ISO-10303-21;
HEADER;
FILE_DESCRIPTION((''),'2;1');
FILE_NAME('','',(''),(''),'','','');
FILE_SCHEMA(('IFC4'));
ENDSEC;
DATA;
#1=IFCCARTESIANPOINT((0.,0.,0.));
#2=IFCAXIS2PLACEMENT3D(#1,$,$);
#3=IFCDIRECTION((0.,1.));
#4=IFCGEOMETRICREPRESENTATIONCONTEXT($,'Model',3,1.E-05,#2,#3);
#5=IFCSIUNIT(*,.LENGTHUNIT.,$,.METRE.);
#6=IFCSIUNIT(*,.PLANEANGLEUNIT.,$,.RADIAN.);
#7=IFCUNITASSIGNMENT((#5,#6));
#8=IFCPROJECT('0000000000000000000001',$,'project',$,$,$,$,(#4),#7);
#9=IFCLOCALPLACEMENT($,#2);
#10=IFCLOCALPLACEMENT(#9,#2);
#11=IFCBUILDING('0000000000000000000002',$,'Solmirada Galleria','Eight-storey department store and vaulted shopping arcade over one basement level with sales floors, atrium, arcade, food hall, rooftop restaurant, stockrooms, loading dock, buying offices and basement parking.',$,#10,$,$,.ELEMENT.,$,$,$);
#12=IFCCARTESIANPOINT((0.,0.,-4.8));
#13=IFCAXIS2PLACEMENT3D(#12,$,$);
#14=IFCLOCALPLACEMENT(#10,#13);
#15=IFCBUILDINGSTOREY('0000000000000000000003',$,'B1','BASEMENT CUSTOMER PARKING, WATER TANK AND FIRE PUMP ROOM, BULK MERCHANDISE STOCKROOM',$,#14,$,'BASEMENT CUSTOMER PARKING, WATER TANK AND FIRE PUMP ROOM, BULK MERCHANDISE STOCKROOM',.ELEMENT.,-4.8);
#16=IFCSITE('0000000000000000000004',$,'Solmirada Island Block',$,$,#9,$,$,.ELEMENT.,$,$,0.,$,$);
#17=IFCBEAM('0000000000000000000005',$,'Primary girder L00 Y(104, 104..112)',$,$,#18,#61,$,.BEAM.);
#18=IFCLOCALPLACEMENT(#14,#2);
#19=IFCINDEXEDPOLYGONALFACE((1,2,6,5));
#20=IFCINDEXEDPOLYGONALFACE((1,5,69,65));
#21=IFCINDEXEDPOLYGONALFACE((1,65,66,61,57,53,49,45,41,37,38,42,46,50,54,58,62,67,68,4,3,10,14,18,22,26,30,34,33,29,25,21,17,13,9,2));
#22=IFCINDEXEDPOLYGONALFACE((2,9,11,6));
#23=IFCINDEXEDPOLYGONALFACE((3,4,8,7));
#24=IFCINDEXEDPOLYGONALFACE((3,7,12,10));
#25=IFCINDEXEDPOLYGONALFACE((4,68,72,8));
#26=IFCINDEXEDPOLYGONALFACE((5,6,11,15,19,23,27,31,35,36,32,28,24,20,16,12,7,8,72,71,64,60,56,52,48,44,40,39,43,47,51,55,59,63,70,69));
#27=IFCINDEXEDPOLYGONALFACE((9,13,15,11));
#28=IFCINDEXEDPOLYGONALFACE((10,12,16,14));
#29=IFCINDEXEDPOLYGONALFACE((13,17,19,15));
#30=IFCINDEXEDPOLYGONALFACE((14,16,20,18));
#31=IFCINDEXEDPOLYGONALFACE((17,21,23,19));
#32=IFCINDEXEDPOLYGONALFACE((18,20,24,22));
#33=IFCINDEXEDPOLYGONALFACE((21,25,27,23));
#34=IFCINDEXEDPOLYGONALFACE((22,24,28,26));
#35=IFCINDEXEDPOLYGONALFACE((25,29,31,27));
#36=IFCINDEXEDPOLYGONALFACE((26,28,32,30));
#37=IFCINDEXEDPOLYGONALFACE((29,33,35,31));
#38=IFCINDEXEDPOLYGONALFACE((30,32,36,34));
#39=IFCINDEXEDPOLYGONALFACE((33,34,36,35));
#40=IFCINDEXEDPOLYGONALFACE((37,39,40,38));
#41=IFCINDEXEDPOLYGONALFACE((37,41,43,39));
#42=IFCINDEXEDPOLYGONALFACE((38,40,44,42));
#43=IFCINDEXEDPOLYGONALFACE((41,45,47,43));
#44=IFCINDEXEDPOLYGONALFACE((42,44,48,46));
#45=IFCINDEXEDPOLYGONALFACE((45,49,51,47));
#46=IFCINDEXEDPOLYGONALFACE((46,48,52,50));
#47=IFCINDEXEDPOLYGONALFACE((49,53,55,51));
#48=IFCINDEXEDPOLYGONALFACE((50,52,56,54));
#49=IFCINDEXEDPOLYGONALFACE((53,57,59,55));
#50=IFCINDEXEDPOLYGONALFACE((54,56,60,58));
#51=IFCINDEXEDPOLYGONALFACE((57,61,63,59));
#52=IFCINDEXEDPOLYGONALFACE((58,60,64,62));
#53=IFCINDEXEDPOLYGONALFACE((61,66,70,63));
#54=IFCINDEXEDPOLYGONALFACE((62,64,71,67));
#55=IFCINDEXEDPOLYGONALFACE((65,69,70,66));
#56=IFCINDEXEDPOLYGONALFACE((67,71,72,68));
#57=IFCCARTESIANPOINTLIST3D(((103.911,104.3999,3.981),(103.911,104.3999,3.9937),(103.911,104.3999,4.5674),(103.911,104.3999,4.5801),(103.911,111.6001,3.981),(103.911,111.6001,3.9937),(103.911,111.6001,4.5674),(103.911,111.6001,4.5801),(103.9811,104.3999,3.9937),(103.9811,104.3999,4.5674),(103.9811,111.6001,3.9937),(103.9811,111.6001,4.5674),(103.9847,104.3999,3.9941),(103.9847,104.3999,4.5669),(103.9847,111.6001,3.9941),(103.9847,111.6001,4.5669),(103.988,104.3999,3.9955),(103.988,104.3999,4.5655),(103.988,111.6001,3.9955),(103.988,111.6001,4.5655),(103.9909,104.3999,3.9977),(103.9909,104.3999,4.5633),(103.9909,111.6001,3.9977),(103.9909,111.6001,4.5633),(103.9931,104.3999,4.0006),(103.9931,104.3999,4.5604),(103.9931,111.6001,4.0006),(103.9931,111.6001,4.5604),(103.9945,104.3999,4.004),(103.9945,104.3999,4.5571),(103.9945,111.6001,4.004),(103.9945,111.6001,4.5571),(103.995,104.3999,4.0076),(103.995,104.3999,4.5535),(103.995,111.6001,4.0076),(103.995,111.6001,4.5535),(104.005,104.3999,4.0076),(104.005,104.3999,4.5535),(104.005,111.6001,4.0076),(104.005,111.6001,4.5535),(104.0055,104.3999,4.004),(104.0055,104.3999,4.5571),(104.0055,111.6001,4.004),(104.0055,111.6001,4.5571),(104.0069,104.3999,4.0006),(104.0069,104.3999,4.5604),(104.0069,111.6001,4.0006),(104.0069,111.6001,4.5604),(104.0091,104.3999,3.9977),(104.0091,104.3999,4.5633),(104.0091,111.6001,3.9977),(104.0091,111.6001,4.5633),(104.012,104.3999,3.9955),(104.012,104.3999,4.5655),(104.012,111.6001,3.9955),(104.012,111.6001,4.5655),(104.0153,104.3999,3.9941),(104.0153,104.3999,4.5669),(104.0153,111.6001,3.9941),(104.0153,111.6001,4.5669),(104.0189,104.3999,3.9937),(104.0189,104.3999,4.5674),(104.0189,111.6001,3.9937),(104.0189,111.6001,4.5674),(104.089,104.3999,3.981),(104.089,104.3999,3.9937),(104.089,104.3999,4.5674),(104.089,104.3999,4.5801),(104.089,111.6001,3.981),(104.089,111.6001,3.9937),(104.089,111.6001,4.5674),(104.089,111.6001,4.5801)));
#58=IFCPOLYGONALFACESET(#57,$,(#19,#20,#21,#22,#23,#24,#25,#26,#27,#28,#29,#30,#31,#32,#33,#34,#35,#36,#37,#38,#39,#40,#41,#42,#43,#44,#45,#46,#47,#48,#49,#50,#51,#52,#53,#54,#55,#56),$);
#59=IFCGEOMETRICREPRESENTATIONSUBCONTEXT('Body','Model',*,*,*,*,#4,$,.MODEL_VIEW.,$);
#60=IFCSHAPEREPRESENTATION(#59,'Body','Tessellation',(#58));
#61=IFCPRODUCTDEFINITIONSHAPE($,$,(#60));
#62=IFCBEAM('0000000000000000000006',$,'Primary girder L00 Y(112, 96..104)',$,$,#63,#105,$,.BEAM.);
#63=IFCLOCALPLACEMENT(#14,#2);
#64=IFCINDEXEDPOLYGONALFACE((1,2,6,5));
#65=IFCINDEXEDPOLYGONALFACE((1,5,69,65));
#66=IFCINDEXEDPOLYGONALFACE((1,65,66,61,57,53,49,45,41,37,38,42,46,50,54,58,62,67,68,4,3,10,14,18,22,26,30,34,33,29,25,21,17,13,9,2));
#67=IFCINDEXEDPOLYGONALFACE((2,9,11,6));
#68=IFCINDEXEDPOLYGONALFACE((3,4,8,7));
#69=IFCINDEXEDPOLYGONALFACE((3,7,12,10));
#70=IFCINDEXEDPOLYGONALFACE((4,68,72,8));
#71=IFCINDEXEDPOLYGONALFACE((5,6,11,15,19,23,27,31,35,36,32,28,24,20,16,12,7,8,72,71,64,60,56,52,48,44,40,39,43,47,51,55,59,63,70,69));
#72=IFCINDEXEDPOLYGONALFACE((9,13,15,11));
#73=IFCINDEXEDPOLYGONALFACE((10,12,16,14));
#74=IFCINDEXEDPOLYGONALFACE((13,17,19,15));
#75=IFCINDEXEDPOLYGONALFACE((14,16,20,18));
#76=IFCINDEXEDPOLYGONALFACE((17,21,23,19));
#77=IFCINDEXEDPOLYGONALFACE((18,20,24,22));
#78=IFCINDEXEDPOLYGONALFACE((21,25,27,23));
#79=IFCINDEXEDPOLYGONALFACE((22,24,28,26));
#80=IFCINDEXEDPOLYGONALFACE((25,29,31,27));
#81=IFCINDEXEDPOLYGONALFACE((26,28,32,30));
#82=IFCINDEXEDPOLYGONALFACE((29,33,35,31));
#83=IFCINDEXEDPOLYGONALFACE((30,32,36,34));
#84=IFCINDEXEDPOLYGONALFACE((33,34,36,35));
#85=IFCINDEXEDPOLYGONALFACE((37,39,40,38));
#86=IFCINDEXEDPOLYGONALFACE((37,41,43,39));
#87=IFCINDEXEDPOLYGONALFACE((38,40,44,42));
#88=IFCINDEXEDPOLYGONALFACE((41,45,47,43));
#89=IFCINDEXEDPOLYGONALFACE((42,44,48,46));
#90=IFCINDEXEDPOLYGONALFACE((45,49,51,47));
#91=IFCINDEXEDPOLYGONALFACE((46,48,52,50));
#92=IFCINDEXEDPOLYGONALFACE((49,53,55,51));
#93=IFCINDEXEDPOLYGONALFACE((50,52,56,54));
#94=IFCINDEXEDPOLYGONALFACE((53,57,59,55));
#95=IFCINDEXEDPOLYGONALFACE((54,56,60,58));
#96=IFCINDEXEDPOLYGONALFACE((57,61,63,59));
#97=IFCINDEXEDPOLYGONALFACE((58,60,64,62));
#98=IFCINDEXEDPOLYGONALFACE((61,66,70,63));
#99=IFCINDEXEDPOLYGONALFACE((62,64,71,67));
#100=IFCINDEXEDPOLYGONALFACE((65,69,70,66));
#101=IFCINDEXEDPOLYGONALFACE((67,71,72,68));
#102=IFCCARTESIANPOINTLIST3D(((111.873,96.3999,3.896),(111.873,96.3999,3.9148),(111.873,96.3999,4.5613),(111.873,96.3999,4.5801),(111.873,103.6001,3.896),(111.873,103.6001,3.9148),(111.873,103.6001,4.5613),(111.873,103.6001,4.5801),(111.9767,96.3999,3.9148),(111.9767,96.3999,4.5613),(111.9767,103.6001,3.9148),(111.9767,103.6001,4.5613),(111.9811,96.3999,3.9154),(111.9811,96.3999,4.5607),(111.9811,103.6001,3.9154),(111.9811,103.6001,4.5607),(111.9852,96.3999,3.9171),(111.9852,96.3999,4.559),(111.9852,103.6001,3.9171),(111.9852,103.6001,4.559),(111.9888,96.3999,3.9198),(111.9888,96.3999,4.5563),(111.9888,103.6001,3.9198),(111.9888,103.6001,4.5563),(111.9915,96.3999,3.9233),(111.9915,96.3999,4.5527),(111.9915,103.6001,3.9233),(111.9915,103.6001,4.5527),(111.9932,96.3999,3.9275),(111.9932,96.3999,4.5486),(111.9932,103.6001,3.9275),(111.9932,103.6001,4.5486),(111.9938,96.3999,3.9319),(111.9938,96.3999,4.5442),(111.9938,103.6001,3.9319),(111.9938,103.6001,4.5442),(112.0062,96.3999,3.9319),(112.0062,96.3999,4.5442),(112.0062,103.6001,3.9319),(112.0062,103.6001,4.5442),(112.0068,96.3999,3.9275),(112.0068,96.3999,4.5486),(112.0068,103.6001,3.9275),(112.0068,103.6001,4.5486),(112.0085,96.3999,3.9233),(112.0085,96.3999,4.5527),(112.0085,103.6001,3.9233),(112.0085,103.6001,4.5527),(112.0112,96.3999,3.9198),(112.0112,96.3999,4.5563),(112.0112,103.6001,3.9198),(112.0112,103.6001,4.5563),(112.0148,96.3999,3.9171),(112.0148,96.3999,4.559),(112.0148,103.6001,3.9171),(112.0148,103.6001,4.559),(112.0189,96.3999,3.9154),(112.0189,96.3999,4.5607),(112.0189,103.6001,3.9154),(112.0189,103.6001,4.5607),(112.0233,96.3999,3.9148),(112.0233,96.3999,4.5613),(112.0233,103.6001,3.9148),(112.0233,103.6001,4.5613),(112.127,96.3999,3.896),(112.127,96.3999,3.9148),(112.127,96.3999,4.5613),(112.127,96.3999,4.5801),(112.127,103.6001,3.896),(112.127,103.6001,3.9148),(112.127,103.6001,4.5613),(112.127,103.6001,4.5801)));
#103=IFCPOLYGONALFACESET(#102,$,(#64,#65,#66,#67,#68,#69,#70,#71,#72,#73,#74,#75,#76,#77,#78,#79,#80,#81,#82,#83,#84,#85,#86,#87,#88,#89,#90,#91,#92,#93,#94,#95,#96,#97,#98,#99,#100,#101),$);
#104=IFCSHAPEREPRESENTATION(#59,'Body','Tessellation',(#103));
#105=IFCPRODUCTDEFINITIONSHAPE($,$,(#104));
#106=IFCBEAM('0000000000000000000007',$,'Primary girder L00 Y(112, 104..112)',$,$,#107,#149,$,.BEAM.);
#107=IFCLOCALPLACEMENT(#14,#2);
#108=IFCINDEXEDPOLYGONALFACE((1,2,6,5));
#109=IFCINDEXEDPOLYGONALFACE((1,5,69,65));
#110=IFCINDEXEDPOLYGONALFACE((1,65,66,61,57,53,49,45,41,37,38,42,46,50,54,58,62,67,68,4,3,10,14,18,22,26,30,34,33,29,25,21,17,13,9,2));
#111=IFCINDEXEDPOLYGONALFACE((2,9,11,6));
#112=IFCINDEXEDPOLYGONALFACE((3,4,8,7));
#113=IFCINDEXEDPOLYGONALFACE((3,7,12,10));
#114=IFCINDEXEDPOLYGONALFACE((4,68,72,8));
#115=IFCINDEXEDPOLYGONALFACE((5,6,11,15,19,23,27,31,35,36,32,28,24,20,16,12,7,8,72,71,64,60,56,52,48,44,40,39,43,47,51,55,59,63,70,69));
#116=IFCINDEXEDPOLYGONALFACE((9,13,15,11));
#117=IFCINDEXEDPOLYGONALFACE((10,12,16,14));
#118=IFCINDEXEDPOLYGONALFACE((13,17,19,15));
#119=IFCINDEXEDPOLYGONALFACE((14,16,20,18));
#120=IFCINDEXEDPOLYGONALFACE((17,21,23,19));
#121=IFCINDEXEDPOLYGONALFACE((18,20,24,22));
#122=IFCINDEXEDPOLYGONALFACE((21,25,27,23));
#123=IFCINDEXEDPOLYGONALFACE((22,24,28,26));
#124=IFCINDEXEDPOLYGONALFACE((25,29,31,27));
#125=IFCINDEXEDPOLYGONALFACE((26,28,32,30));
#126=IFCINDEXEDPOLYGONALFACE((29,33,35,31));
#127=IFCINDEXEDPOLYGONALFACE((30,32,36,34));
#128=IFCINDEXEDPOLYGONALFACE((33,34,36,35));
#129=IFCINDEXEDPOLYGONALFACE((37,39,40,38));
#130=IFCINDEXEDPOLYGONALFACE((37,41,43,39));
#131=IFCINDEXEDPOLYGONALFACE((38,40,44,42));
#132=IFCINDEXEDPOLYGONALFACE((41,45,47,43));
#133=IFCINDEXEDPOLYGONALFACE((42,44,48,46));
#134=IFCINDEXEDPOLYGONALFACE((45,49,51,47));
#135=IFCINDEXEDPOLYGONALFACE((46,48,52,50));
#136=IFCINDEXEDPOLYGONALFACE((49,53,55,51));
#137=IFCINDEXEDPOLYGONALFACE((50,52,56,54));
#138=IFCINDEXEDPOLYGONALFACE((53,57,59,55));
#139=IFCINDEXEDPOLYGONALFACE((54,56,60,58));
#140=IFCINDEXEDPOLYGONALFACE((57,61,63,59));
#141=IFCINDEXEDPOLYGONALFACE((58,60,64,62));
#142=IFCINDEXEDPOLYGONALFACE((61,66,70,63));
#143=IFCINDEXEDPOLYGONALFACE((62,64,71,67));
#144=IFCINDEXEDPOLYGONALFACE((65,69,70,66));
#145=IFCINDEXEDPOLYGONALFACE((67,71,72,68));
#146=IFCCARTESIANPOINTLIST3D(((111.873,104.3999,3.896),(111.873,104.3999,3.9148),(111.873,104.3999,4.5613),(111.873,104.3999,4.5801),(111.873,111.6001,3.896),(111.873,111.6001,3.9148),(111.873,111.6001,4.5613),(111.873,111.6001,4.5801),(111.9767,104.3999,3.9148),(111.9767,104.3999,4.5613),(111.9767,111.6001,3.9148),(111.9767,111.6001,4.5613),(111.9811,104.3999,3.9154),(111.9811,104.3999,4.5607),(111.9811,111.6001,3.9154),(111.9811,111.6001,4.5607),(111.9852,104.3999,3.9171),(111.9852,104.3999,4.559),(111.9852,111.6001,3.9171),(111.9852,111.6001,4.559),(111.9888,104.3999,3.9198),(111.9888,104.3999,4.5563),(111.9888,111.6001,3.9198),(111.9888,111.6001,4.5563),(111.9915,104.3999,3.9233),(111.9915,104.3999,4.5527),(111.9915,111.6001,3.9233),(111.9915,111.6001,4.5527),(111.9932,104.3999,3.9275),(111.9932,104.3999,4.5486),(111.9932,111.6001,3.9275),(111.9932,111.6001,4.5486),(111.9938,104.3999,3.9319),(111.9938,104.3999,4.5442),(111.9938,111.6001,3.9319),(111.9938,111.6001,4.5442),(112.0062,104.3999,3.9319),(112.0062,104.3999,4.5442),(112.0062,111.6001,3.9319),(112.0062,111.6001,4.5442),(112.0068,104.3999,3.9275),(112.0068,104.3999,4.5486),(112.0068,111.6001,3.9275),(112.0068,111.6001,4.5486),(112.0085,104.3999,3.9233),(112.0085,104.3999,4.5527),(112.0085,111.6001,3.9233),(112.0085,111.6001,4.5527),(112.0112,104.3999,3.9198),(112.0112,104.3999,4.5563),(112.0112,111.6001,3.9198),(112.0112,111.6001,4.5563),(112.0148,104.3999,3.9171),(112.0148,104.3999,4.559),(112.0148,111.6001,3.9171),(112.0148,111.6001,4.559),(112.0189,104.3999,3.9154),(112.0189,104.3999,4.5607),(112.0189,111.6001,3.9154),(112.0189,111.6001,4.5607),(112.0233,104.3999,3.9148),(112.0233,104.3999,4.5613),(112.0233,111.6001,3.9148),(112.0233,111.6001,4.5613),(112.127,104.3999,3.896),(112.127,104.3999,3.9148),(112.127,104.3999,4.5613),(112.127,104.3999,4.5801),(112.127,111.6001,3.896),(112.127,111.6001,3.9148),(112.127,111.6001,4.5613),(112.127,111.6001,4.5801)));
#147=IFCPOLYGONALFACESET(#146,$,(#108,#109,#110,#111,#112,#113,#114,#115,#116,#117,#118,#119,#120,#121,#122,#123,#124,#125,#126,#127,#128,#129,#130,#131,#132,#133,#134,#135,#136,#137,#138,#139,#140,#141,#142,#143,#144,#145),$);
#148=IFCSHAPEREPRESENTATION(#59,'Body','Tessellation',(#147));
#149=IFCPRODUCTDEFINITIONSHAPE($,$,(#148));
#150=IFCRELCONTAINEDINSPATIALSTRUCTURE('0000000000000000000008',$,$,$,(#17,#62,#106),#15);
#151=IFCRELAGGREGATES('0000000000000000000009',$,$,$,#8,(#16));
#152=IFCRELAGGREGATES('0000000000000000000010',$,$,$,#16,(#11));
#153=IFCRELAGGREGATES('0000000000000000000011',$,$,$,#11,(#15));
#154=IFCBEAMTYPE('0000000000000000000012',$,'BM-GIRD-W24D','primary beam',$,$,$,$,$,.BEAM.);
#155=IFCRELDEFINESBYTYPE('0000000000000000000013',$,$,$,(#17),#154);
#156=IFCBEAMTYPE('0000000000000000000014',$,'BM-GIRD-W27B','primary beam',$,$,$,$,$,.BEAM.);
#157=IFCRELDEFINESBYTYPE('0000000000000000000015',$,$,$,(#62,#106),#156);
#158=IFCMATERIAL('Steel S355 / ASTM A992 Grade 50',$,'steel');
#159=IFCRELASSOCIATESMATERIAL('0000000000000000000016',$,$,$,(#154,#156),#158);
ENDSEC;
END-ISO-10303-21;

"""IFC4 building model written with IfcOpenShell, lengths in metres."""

from ifc_helpers import new_model, si_unit, direction, frame, origin, origin_2d, place, context, subcontext, project, spatial, i_section, extrude, material, material_profile, profile_set, type_object, element, save


model = new_model("IFC4")

# Units and contexts
model_context = context("Model", 3, precision=1e-05, world=origin(), true_north=direction((0.0, 1.0)))
body_context = subcontext(model_context, "Body", "Model", "MODEL_VIEW")
ifc_project = project(units=[si_unit("LENGTHUNIT", "METRE"), si_unit("PLANEANGLEUNIT", "RADIAN")], contexts=[model_context])

# Site, building, storey
site_placement = place(None, origin())
site = spatial("IfcSite", under=ifc_project, at=site_placement, Name="Solmirada Island Block", CompositionType="ELEMENT", RefElevation=0.0)
building_placement = place(site_placement, origin())
building = spatial("IfcBuilding", under=site, at=building_placement, Name="Solmirada Galleria", Description="Eight-storey department store and vaulted shopping arcade over one basement level with sales floors, atrium, arcade, food hall, rooftop restaurant, stockrooms, loading dock, buying offices and basement parking.", CompositionType="ELEMENT")
storey_placement = place(building_placement, frame((0.0, 0.0, -4.8)))
storey = spatial("IfcBuildingStorey", under=building, at=storey_placement, Name="B1", Description="BASEMENT CUSTOMER PARKING, WATER TANK AND FIRE PUMP ROOM, BULK MERCHANDISE STOCKROOM", LongName="BASEMENT CUSTOMER PARKING, WATER TANK AND FIRE PUMP ROOM, BULK MERCHANDISE STOCKROOM", CompositionType="ELEMENT", Elevation=-4.8)

# Beams
ifc_material_1 = material(Name="Steel S355 / ASTM A992 Grade 50", Category="steel")
ifc_material_profile_1 = material_profile(ifc_material_1, i_section(OverallWidth=0.178, OverallDepth=0.5991, WebThickness=0.01, FlangeThickness=0.0127, FilletRadius=0.0139, at=origin_2d()), Name="W24X55")
ifc_profile_set_1 = profile_set([ifc_material_profile_1], Name="Steel S355 / ASTM A992 Grade 50")
beam_type_1 = type_object("IfcBeamType", Name="BM-GIRD-W24D", Description="primary beam", PredefinedType="BEAM", material=ifc_profile_set_1)
beam_1_placement = place(storey_placement, frame((104.0, 104.3999, 4.2805), z_axis=(0.0, 1.0, 0.0), x_axis=(-1.0, 0.0, 0.0)))
element("IfcBeam", 1, at=beam_1_placement, inside=storey, type_object=beam_type_1, Name="Primary girder L00 Y(104, 104..112)", PredefinedType="BEAM", context=body_context, shape_type="SweptSolid", body=[
    extrude(i_section(OverallWidth=0.178, OverallDepth=0.5991, WebThickness=0.01, FlangeThickness=0.0127, FilletRadius=0.0139, at=origin_2d()), origin(), (0.0, 0.0, 1.0), 7.2002),
])
ifc_material_profile_2 = material_profile(ifc_material_1, i_section(OverallWidth=0.2539, OverallDepth=0.6841, WebThickness=0.0125, FlangeThickness=0.0188, FilletRadius=0.0171, at=origin_2d()), Name="W27X94")
ifc_profile_set_2 = profile_set([ifc_material_profile_2], Name="Steel S355 / ASTM A992 Grade 50")
beam_type_2 = type_object("IfcBeamType", Name="BM-GIRD-W27B", Description="primary beam", PredefinedType="BEAM", material=ifc_profile_set_2)
for number, where, z_axis, x_axis, name in (
    (2, (112.0, 96.3999, 4.238), (0.0, 1.0, 0.0), (-1.0, 0.0, 0.0), "Primary girder L00 Y(112, 96..104)"),
    (3, (112.0, 104.3999, 4.238), (0.0, 1.0, 0.0), (-1.0, 0.0, 0.0), "Primary girder L00 Y(112, 104..112)"),
):
    element("IfcBeam", number, at=place(storey_placement, frame(where, z_axis=z_axis, x_axis=x_axis)), inside=storey, type_object=beam_type_2, Name=name, PredefinedType="BEAM", context=body_context, shape_type="SweptSolid", body=[
        extrude(i_section(OverallWidth=0.2539, OverallDepth=0.6841, WebThickness=0.0125, FlangeThickness=0.0188, FilletRadius=0.0171, at=origin_2d()), origin(), (0.0, 0.0, 1.0), 7.2002),
    ])

save(model, "model.ifc")
